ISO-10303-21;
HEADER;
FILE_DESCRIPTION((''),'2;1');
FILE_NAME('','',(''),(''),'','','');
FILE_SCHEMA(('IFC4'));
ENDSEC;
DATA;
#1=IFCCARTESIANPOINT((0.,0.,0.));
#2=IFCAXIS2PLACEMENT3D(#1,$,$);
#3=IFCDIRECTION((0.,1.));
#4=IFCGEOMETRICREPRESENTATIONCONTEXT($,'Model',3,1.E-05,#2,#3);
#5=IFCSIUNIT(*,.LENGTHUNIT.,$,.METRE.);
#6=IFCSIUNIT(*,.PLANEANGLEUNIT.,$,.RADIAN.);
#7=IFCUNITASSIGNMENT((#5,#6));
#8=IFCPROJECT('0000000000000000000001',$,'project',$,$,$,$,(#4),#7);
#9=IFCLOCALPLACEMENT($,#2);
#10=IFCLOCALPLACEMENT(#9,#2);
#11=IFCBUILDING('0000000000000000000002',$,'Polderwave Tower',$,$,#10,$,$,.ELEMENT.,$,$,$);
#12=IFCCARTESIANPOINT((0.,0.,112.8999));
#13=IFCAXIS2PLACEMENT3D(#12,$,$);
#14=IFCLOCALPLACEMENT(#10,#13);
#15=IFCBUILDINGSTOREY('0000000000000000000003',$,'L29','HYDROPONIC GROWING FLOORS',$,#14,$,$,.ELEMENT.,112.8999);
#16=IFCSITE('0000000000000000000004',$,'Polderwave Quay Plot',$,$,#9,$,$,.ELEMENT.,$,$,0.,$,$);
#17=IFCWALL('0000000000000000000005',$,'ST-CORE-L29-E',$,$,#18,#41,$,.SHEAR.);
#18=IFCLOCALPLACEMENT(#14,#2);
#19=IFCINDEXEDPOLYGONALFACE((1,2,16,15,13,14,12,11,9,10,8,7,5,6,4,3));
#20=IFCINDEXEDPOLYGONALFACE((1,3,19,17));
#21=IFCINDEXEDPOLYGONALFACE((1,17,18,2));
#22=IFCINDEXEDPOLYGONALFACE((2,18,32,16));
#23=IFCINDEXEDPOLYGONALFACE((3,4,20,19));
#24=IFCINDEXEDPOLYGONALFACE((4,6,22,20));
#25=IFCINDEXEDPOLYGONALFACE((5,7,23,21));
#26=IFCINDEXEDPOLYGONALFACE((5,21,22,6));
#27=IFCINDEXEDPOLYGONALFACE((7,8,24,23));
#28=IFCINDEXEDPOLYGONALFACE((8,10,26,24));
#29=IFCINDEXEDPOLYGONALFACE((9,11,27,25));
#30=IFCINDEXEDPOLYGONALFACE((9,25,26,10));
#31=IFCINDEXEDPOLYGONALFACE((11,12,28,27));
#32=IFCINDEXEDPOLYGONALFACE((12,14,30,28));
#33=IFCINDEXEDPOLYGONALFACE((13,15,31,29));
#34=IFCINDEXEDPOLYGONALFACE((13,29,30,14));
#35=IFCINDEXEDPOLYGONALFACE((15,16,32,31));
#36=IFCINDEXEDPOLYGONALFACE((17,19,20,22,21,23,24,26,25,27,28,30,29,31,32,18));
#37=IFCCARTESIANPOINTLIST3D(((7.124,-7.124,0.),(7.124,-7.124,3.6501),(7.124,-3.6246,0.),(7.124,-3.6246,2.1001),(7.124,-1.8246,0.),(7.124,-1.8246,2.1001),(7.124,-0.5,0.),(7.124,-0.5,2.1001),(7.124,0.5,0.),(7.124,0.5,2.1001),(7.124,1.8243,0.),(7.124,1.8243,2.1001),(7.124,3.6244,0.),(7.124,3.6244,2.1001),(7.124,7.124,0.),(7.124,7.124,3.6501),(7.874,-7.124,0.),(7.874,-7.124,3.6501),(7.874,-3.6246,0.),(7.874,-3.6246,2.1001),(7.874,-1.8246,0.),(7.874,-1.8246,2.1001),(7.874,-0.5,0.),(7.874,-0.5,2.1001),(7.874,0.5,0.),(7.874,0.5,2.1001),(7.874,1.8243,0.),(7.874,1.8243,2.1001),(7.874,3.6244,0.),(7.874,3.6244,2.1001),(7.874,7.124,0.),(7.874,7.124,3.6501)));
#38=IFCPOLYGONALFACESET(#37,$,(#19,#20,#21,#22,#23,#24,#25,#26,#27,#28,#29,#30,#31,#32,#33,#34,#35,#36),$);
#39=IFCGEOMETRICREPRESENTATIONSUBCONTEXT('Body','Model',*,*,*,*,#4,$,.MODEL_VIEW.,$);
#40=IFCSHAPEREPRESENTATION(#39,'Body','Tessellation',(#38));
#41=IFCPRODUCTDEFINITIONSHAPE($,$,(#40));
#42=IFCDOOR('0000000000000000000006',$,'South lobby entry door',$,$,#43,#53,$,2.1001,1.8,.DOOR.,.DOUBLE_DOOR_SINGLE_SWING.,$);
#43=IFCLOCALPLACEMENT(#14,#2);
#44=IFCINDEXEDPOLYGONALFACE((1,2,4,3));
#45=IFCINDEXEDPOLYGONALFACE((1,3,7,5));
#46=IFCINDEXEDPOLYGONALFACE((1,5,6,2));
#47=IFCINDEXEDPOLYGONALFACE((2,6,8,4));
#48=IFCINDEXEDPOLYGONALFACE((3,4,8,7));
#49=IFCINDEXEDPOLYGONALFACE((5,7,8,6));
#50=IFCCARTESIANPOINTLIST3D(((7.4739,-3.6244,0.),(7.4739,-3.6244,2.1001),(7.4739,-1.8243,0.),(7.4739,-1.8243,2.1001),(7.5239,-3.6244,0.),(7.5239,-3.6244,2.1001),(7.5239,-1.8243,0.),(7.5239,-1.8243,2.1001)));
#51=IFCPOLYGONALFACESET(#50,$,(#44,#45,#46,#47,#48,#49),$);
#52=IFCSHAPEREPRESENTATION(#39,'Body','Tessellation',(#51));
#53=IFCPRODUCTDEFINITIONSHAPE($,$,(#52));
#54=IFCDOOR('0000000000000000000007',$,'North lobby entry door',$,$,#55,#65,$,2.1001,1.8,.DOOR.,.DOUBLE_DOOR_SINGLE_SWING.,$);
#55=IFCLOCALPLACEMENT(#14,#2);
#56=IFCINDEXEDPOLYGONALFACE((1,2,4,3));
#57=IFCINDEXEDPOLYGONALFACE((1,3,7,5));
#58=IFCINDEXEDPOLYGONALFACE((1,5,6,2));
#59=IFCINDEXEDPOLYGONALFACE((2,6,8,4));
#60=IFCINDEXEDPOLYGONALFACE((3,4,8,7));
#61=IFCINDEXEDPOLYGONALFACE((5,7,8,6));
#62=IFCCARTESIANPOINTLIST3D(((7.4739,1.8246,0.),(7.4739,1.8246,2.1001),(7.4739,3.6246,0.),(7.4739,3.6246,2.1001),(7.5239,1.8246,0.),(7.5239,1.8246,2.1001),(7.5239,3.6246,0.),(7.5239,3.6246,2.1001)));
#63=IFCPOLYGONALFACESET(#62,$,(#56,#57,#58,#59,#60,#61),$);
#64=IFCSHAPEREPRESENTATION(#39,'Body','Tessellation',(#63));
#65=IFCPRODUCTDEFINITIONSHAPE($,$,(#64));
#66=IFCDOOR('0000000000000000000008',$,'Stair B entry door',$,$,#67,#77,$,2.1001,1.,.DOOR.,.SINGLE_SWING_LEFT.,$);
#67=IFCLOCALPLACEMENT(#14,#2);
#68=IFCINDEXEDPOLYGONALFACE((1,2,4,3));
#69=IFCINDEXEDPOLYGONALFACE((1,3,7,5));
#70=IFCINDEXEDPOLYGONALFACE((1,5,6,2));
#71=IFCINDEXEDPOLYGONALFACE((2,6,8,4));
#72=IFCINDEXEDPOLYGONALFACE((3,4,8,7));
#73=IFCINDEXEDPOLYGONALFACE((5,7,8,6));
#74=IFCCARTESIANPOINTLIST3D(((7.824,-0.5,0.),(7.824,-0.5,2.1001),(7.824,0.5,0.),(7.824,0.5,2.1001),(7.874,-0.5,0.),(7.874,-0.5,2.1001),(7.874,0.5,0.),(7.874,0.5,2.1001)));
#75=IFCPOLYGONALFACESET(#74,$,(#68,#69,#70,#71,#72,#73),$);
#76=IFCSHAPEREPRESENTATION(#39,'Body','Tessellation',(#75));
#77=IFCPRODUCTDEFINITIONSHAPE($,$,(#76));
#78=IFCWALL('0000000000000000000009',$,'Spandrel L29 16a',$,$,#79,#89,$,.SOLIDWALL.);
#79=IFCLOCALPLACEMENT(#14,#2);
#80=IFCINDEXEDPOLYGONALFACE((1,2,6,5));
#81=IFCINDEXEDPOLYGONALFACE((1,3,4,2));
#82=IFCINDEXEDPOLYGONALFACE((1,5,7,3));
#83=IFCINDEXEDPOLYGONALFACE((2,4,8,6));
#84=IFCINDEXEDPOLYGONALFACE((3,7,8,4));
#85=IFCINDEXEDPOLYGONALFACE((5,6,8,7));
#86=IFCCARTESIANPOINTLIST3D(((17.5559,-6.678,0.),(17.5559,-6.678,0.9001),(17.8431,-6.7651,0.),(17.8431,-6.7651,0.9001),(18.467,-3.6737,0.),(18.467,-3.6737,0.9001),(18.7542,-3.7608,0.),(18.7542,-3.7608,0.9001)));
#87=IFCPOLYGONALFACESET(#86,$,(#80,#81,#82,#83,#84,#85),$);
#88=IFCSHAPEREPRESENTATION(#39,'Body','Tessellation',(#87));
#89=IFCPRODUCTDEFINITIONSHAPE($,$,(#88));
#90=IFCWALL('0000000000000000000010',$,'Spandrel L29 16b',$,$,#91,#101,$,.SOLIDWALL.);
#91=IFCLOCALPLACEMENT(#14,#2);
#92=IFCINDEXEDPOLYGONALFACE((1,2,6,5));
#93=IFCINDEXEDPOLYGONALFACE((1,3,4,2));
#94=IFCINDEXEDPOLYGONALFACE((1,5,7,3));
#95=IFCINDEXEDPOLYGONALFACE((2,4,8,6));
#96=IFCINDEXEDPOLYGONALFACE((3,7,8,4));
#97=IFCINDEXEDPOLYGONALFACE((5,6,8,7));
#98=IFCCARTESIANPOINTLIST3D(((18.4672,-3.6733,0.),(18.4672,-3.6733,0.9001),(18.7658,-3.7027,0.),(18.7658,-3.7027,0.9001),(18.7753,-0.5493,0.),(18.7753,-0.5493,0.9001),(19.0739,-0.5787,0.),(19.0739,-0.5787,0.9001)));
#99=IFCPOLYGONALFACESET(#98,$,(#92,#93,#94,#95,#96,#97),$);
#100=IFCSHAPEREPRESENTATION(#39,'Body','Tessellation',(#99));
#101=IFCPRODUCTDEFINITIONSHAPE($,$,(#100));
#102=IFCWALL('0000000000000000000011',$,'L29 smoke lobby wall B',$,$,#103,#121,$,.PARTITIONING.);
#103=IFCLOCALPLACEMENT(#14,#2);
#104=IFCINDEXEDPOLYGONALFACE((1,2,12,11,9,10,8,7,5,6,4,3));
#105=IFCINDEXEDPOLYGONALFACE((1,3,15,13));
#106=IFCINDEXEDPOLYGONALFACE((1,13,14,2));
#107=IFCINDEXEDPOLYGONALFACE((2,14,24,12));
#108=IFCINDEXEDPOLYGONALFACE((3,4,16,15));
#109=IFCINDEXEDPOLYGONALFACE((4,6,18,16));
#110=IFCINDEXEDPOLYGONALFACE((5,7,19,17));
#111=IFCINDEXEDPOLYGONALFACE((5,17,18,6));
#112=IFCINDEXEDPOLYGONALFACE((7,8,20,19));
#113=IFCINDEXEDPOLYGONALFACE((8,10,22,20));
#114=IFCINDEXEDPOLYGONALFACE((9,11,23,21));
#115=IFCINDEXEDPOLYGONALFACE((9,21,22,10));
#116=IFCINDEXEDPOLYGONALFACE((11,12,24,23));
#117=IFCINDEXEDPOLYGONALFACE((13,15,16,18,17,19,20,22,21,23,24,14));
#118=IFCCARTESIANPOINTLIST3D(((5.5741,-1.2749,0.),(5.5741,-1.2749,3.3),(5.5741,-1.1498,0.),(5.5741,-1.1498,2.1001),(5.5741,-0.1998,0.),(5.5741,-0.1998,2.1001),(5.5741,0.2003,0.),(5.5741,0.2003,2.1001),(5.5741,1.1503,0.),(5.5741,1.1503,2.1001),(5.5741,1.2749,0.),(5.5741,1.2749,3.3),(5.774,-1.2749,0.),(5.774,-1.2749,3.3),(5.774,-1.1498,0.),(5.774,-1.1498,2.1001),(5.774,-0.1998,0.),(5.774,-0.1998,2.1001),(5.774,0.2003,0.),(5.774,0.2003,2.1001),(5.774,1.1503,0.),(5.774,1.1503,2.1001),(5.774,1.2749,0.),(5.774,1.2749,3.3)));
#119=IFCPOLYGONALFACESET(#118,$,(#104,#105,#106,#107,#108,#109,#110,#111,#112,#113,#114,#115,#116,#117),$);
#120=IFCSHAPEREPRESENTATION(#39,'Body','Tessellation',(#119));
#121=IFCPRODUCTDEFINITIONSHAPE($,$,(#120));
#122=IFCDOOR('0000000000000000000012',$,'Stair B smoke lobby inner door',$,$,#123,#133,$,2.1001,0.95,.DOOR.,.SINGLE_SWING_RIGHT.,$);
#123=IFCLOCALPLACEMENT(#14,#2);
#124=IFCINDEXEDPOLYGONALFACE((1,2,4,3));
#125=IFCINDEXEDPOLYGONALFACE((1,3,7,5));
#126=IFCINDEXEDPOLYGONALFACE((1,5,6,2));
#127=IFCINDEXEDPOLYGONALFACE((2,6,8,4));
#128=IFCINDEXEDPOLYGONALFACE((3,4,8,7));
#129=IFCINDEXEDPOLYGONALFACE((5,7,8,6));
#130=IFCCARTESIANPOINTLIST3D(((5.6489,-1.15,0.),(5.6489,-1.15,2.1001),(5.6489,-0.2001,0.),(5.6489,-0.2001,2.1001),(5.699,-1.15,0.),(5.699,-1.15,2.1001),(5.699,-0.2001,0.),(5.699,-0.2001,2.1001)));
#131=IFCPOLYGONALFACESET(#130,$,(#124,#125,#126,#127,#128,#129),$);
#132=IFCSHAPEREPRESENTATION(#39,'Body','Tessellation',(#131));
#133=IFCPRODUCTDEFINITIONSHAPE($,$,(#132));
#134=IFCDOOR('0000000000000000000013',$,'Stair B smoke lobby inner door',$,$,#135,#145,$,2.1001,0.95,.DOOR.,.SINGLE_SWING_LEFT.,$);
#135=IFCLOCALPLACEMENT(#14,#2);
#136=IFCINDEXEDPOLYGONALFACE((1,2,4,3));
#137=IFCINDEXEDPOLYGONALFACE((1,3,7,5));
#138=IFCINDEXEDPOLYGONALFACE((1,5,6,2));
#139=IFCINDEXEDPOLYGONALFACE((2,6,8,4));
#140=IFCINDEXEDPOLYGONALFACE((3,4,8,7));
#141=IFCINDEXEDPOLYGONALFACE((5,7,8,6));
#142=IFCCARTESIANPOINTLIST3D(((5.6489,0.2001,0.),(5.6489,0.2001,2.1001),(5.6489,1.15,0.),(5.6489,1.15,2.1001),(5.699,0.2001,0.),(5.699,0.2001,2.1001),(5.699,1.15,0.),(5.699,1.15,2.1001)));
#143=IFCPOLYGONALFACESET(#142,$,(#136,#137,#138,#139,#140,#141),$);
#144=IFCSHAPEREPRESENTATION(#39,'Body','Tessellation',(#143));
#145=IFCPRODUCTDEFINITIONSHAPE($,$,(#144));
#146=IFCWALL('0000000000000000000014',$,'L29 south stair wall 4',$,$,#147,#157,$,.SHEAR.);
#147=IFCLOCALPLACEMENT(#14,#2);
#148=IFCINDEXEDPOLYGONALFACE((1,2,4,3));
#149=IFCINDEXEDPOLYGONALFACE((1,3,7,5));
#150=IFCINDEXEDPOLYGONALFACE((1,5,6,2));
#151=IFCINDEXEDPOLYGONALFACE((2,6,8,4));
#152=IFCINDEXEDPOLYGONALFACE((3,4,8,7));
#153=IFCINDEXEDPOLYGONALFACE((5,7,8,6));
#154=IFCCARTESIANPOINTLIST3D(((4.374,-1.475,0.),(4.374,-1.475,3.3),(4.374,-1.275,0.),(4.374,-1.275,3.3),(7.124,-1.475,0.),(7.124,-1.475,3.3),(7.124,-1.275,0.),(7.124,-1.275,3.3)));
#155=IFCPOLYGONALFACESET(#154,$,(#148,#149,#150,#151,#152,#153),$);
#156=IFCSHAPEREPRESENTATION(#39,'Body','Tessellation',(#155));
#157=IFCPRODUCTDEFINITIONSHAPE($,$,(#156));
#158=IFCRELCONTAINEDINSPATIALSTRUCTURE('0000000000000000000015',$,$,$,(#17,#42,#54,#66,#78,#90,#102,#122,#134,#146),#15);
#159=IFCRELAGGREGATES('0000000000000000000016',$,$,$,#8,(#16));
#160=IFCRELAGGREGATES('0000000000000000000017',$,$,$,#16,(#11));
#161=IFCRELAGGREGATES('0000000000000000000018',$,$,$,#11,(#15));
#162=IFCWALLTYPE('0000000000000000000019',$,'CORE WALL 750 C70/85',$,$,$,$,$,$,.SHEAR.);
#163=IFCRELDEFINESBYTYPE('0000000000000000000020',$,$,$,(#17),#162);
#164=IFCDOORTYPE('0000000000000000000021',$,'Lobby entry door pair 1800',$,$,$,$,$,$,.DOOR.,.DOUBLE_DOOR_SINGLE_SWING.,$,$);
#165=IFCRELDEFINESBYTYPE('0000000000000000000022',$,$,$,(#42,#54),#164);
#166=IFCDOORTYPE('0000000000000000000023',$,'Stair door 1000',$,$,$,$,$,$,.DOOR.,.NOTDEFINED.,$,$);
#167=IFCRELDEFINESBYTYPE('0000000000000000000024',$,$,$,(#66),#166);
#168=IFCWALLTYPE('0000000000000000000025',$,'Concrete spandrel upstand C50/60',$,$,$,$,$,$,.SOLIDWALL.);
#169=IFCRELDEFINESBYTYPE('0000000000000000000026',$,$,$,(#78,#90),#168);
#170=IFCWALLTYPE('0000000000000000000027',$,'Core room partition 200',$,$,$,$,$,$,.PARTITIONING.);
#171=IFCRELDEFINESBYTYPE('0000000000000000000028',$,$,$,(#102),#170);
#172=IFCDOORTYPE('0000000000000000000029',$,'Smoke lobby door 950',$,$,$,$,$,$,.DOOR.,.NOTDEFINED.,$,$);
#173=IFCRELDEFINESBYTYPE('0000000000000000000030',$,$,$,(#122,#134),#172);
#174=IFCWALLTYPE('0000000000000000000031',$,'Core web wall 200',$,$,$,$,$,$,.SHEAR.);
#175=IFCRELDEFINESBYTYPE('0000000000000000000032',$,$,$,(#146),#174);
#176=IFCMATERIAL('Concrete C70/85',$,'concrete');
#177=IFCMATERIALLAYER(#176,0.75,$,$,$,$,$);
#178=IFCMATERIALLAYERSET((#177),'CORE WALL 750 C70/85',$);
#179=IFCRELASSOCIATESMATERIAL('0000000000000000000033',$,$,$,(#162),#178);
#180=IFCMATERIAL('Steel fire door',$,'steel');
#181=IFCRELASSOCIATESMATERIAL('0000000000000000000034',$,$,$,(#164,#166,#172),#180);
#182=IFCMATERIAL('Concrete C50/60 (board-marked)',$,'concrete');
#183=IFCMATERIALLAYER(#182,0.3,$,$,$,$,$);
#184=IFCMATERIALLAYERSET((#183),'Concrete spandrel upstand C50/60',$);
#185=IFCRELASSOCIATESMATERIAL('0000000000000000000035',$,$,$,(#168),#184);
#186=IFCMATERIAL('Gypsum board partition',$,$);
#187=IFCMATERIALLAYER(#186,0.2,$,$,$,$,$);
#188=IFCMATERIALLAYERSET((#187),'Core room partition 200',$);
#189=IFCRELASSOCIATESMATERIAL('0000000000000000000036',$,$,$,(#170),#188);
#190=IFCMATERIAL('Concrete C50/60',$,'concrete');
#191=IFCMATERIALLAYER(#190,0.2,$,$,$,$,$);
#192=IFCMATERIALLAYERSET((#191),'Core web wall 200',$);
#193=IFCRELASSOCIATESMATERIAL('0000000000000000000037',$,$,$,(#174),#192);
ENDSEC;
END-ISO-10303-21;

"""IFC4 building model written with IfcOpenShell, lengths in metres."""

from ifc_helpers import new_model, si_unit, direction, frame, frame_2d, origin, place, context, subcontext, project, spatial, rectangle, extrude, material, layer, layer_set, type_object, element, fill, save


model = new_model("IFC4")

# Units and contexts
model_context = context("Model", 3, precision=1e-05, world=origin(), true_north=direction((0.0, 1.0)))
body_context = subcontext(model_context, "Body", "Model", "MODEL_VIEW")
ifc_project = project(units=[si_unit("LENGTHUNIT", "METRE"), si_unit("PLANEANGLEUNIT", "RADIAN")], contexts=[model_context])

# Site, building, storey
site_placement = place(None, origin())
site = spatial("IfcSite", under=ifc_project, at=site_placement, Name="Polderwave Quay Plot", CompositionType="ELEMENT", RefElevation=0.0)
building_placement = place(site_placement, origin())
building = spatial("IfcBuilding", under=site, at=building_placement, Name="Polderwave Tower", CompositionType="ELEMENT")
storey_placement = place(building_placement, frame((0.0, 0.0, 112.8999)))
storey = spatial("IfcBuildingStorey", under=building, at=storey_placement, Name="L29", Description="HYDROPONIC GROWING FLOORS", CompositionType="ELEMENT", Elevation=112.8999)

# Shared definitions
ifc_material_1 = material(Name="Concrete C70/85", Category="concrete")

# Wall, openings, doors
ifc_layer_1 = layer(ifc_material_1, 0.75)
ifc_layer_set_1 = layer_set([ifc_layer_1], Name="CORE WALL 750 C70/85")
wall_type_1 = type_object("IfcWallType", Name="CORE WALL 750 C70/85", PredefinedType="SHEAR", material=ifc_layer_set_1)
wall_1_placement = place(storey_placement, frame((7.499, -7.124, 0.0), z_axis=(0.0, 0.0, 1.0), x_axis=(0.0, 1.0, 0.0)))
wall_1 = element("IfcWall", 1, at=wall_1_placement, inside=storey, type_object=wall_type_1, Name="ST-CORE-L29-E", PredefinedType="SHEAR", context=body_context, shape_type="SweptSolid", body=[
    extrude(rectangle(XDim=14.248, YDim=0.75, at=frame_2d((7.124, 0.0))), origin(), (0.0, 0.0, 1.0), 3.6501),
])
opening_1_placement = place(wall_1_placement, frame((6.624, 0.0, 0.0)))
opening_1 = element("IfcOpeningElement", 2, at=opening_1_placement, cuts=wall_1, PredefinedType="OPENING", context=body_context, shape_type="SweptSolid", body=[
    extrude(rectangle(XDim=1.0, YDim=2.1001, at=frame_2d((0.5, 1.05))), frame((0.0, 0.385, 0.0), z_axis=(0.0, -1.0, 0.0), x_axis=(1.0, 0.0, 0.0)), (0.0, 0.0, 1.0), 0.77),
])
opening_2_placement = place(wall_1_placement, frame((3.4995, 0.0, 0.0)))
opening_2 = element("IfcOpeningElement", 3, at=opening_2_placement, cuts=wall_1, PredefinedType="OPENING", context=body_context, shape_type="SweptSolid", body=[
    extrude(rectangle(XDim=1.8, YDim=2.1001, at=frame_2d((0.8999, 1.05))), frame((0.0, 0.385, 0.0), z_axis=(0.0, -1.0, 0.0), x_axis=(1.0, 0.0, 0.0)), (0.0, 0.0, 1.0), 0.77),
])
opening_3_placement = place(wall_1_placement, frame((8.9485, 0.0, 0.0)))
opening_3 = element("IfcOpeningElement", 4, at=opening_3_placement, cuts=wall_1, PredefinedType="OPENING", context=body_context, shape_type="SweptSolid", body=[
    extrude(rectangle(XDim=1.8, YDim=2.1001, at=frame_2d((0.8999, 1.05))), frame((0.0, 0.385, 0.0), z_axis=(0.0, -1.0, 0.0), x_axis=(1.0, 0.0, 0.0)), (0.0, 0.0, 1.0), 0.77),
])
ifc_material_2 = material(Name="Steel fire door", Category="steel")
door_type_1 = type_object("IfcDoorType", Name="Lobby entry door pair 1800", OperationType="DOUBLE_DOOR_SINGLE_SWING", PredefinedType="DOOR", material=ifc_material_2)
door_1_placement = place(opening_2_placement, frame((1.8, 0.0, 0.0), z_axis=(0.0, 0.0, 1.0), x_axis=(-1.0, 0.0, 0.0)))
door_1 = element("IfcDoor", 5, at=door_1_placement, inside=storey, type_object=door_type_1, Name="South lobby entry door", OperationType="DOUBLE_DOOR_SINGLE_SWING", OverallHeight=2.1001, OverallWidth=1.8, PredefinedType="DOOR", context=body_context, shape_type="SweptSolid", body=[
    extrude(rectangle(XDim=1.8, YDim=2.1001, at=frame_2d((0.8999, 1.05))), frame((0.0, 0.0249, 0.0), z_axis=(0.0, -1.0, 0.0), x_axis=(1.0, 0.0, 0.0)), (0.0, 0.0, 1.0), 0.05),
])
fill(opening_2, door_1)
door_2_placement = place(opening_3_placement, frame((1.8, 0.0, 0.0), z_axis=(0.0, 0.0, 1.0), x_axis=(-1.0, 0.0, 0.0)))
door_2 = element("IfcDoor", 6, at=door_2_placement, inside=storey, type_object=door_type_1, Name="North lobby entry door", OperationType="DOUBLE_DOOR_SINGLE_SWING", OverallHeight=2.1001, OverallWidth=1.8, PredefinedType="DOOR", context=body_context, shape_type="SweptSolid", body=[
    extrude(rectangle(XDim=1.8, YDim=2.1001, at=frame_2d((0.8999, 1.05))), frame((0.0, 0.0249, 0.0), z_axis=(0.0, -1.0, 0.0), x_axis=(1.0, 0.0, 0.0)), (0.0, 0.0, 1.0), 0.05),
])
fill(opening_3, door_2)
door_type_2 = type_object("IfcDoorType", Name="Stair door 1000", OperationType="NOTDEFINED", PredefinedType="DOOR", material=ifc_material_2)
door_3_placement = place(opening_1_placement, frame((1.0, 0.0, 0.0), z_axis=(0.0, 0.0, 1.0), x_axis=(-1.0, 0.0, 0.0)))
door_3 = element("IfcDoor", 7, at=door_3_placement, inside=storey, type_object=door_type_2, Name="Stair B entry door", OperationType="SINGLE_SWING_LEFT", OverallHeight=2.1001, OverallWidth=1.0, PredefinedType="DOOR", context=body_context, shape_type="SweptSolid", body=[
    extrude(rectangle(XDim=1.0, YDim=2.1001, at=frame_2d((0.5, 1.05))), frame((0.0, 0.375, 0.0), z_axis=(0.0, -1.0, 0.0), x_axis=(1.0, 0.0, 0.0)), (0.0, 0.0, 1.0), 0.05),
])
fill(opening_1, door_3)

# Walls
ifc_material_3 = material(Name="Concrete C50/60 (board-marked)", Category="concrete")
ifc_layer_2 = layer(ifc_material_3, 0.3)
ifc_layer_set_2 = layer_set([ifc_layer_2], Name="Concrete spandrel upstand C50/60")
wall_type_2 = type_object("IfcWallType", Name="Concrete spandrel upstand C50/60", PredefinedType="SOLIDWALL", material=ifc_layer_set_2)
wall_2_placement = place(storey_placement, frame((17.6995, -6.7217, 0.0), z_axis=(0.0, 0.0, 1.0), x_axis=(0.290215, 0.956962, 0.0)))
element("IfcWall", 8, at=wall_2_placement, inside=storey, type_object=wall_type_2, Name="Spandrel L29 16a", PredefinedType="SOLIDWALL", context=body_context, shape_type="SweptSolid", body=[
    extrude(rectangle(XDim=3.1394, YDim=0.3, at=frame_2d((1.5698, 0.0))), origin(), (0.0, 0.0, 1.0), 0.9001),
])
wall_3_placement = place(storey_placement, frame((18.6165, -3.688, 0.0), z_axis=(0.0, 0.0, 1.0), x_axis=(0.098148, 0.995172, 0.0)))
element("IfcWall", 9, at=wall_3_placement, inside=storey, type_object=wall_type_2, Name="Spandrel L29 16b", PredefinedType="SOLIDWALL", context=body_context, shape_type="SweptSolid", body=[
    extrude(rectangle(XDim=3.1392, YDim=0.3, at=frame_2d((1.5696, 0.0))), origin(), (0.0, 0.0, 1.0), 0.9001),
])

# Wall, openings, doors
ifc_material_4 = material(Name="Gypsum board partition")
ifc_layer_3 = layer(ifc_material_4, 0.2)
ifc_layer_set_3 = layer_set([ifc_layer_3], Name="Core room partition 200")
wall_type_3 = type_object("IfcWallType", Name="Core room partition 200", PredefinedType="PARTITIONING", material=ifc_layer_set_3)
wall_4_placement = place(storey_placement, frame((5.6741, -1.2749, 0.0), z_axis=(0.0, 0.0, 1.0), x_axis=(0.0, 1.0, 0.0)))
wall_4 = element("IfcWall", 10, at=wall_4_placement, inside=storey, type_object=wall_type_3, Name="L29 smoke lobby wall B", PredefinedType="PARTITIONING", context=body_context, shape_type="SweptSolid", body=[
    extrude(rectangle(XDim=2.5498, YDim=0.2, at=frame_2d((1.2749, 0.0))), origin(), (0.0, 0.0, 1.0), 3.3),
])
opening_4_placement = place(wall_4_placement, frame((0.125, 0.0, 0.0)))
opening_4 = element("IfcOpeningElement", 11, at=opening_4_placement, cuts=wall_4, PredefinedType="OPENING", context=body_context, shape_type="SweptSolid", body=[
    extrude(rectangle(XDim=0.95, YDim=2.1001, at=frame_2d((0.4751, 1.05))), frame((0.0, 0.1099, 0.0), z_axis=(0.0, -1.0, 0.0), x_axis=(1.0, 0.0, 0.0)), (0.0, 0.0, 1.0), 0.22),
])
opening_5_placement = place(wall_4_placement, frame((1.4751, 0.0, 0.0)))
opening_5 = element("IfcOpeningElement", 12, at=opening_5_placement, cuts=wall_4, PredefinedType="OPENING", context=body_context, shape_type="SweptSolid", body=[
    extrude(rectangle(XDim=0.95, YDim=2.1001, at=frame_2d((0.4751, 1.05))), frame((0.0, 0.1099, 0.0), z_axis=(0.0, -1.0, 0.0), x_axis=(1.0, 0.0, 0.0)), (0.0, 0.0, 1.0), 0.22),
])
door_type_3 = type_object("IfcDoorType", Name="Smoke lobby door 950", OperationType="NOTDEFINED", PredefinedType="DOOR", material=ifc_material_2)
door_4_placement = place(opening_4_placement, frame((0.95, 0.0, 0.0), z_axis=(0.0, 0.0, 1.0), x_axis=(-1.0, 0.0, 0.0)))
door_4 = element("IfcDoor", 13, at=door_4_placement, inside=storey, type_object=door_type_3, Name="Stair B smoke lobby inner door", OperationType="SINGLE_SWING_RIGHT", OverallHeight=2.1001, OverallWidth=0.95, PredefinedType="DOOR", context=body_context, shape_type="SweptSolid", body=[
    extrude(rectangle(XDim=0.95, YDim=2.1001, at=frame_2d((0.4751, 1.05))), frame((0.0, 0.0249, 0.0), z_axis=(0.0, -1.0, 0.0), x_axis=(1.0, 0.0, 0.0)), (0.0, 0.0, 1.0), 0.05),
])
fill(opening_4, door_4)
door_5_placement = place(opening_5_placement, frame((0.95, 0.0, 0.0), z_axis=(0.0, 0.0, 1.0), x_axis=(-1.0, 0.0, 0.0)))
door_5 = element("IfcDoor", 14, at=door_5_placement, inside=storey, type_object=door_type_3, Name="Stair B smoke lobby inner door", OperationType="SINGLE_SWING_LEFT", OverallHeight=2.1001, OverallWidth=0.95, PredefinedType="DOOR", context=body_context, shape_type="SweptSolid", body=[
    extrude(rectangle(XDim=0.95, YDim=2.1001, at=frame_2d((0.4751, 1.05))), frame((0.0, 0.0249, 0.0), z_axis=(0.0, -1.0, 0.0), x_axis=(1.0, 0.0, 0.0)), (0.0, 0.0, 1.0), 0.05),
])
fill(opening_5, door_5)

# Wall
ifc_material_5 = material(Name="Concrete C50/60", Category="concrete")
ifc_layer_4 = layer(ifc_material_5, 0.2)
ifc_layer_set_4 = layer_set([ifc_layer_4], Name="Core web wall 200")
wall_type_4 = type_object("IfcWallType", Name="Core web wall 200", PredefinedType="SHEAR", material=ifc_layer_set_4)
wall_5_placement = place(storey_placement, frame((4.374, -1.375, 0.0), z_axis=(0.0, 0.0, 1.0), x_axis=(1.0, 0.0, 0.0)))
element("IfcWall", 15, at=wall_5_placement, inside=storey, type_object=wall_type_4, Name="L29 south stair wall 4", PredefinedType="SHEAR", context=body_context, shape_type="SweptSolid", body=[
    extrude(rectangle(XDim=2.75, YDim=0.2, at=frame_2d((1.375, 0.0))), origin(), (0.0, 0.0, 1.0), 3.3),
])

save(model, "model.ifc")
